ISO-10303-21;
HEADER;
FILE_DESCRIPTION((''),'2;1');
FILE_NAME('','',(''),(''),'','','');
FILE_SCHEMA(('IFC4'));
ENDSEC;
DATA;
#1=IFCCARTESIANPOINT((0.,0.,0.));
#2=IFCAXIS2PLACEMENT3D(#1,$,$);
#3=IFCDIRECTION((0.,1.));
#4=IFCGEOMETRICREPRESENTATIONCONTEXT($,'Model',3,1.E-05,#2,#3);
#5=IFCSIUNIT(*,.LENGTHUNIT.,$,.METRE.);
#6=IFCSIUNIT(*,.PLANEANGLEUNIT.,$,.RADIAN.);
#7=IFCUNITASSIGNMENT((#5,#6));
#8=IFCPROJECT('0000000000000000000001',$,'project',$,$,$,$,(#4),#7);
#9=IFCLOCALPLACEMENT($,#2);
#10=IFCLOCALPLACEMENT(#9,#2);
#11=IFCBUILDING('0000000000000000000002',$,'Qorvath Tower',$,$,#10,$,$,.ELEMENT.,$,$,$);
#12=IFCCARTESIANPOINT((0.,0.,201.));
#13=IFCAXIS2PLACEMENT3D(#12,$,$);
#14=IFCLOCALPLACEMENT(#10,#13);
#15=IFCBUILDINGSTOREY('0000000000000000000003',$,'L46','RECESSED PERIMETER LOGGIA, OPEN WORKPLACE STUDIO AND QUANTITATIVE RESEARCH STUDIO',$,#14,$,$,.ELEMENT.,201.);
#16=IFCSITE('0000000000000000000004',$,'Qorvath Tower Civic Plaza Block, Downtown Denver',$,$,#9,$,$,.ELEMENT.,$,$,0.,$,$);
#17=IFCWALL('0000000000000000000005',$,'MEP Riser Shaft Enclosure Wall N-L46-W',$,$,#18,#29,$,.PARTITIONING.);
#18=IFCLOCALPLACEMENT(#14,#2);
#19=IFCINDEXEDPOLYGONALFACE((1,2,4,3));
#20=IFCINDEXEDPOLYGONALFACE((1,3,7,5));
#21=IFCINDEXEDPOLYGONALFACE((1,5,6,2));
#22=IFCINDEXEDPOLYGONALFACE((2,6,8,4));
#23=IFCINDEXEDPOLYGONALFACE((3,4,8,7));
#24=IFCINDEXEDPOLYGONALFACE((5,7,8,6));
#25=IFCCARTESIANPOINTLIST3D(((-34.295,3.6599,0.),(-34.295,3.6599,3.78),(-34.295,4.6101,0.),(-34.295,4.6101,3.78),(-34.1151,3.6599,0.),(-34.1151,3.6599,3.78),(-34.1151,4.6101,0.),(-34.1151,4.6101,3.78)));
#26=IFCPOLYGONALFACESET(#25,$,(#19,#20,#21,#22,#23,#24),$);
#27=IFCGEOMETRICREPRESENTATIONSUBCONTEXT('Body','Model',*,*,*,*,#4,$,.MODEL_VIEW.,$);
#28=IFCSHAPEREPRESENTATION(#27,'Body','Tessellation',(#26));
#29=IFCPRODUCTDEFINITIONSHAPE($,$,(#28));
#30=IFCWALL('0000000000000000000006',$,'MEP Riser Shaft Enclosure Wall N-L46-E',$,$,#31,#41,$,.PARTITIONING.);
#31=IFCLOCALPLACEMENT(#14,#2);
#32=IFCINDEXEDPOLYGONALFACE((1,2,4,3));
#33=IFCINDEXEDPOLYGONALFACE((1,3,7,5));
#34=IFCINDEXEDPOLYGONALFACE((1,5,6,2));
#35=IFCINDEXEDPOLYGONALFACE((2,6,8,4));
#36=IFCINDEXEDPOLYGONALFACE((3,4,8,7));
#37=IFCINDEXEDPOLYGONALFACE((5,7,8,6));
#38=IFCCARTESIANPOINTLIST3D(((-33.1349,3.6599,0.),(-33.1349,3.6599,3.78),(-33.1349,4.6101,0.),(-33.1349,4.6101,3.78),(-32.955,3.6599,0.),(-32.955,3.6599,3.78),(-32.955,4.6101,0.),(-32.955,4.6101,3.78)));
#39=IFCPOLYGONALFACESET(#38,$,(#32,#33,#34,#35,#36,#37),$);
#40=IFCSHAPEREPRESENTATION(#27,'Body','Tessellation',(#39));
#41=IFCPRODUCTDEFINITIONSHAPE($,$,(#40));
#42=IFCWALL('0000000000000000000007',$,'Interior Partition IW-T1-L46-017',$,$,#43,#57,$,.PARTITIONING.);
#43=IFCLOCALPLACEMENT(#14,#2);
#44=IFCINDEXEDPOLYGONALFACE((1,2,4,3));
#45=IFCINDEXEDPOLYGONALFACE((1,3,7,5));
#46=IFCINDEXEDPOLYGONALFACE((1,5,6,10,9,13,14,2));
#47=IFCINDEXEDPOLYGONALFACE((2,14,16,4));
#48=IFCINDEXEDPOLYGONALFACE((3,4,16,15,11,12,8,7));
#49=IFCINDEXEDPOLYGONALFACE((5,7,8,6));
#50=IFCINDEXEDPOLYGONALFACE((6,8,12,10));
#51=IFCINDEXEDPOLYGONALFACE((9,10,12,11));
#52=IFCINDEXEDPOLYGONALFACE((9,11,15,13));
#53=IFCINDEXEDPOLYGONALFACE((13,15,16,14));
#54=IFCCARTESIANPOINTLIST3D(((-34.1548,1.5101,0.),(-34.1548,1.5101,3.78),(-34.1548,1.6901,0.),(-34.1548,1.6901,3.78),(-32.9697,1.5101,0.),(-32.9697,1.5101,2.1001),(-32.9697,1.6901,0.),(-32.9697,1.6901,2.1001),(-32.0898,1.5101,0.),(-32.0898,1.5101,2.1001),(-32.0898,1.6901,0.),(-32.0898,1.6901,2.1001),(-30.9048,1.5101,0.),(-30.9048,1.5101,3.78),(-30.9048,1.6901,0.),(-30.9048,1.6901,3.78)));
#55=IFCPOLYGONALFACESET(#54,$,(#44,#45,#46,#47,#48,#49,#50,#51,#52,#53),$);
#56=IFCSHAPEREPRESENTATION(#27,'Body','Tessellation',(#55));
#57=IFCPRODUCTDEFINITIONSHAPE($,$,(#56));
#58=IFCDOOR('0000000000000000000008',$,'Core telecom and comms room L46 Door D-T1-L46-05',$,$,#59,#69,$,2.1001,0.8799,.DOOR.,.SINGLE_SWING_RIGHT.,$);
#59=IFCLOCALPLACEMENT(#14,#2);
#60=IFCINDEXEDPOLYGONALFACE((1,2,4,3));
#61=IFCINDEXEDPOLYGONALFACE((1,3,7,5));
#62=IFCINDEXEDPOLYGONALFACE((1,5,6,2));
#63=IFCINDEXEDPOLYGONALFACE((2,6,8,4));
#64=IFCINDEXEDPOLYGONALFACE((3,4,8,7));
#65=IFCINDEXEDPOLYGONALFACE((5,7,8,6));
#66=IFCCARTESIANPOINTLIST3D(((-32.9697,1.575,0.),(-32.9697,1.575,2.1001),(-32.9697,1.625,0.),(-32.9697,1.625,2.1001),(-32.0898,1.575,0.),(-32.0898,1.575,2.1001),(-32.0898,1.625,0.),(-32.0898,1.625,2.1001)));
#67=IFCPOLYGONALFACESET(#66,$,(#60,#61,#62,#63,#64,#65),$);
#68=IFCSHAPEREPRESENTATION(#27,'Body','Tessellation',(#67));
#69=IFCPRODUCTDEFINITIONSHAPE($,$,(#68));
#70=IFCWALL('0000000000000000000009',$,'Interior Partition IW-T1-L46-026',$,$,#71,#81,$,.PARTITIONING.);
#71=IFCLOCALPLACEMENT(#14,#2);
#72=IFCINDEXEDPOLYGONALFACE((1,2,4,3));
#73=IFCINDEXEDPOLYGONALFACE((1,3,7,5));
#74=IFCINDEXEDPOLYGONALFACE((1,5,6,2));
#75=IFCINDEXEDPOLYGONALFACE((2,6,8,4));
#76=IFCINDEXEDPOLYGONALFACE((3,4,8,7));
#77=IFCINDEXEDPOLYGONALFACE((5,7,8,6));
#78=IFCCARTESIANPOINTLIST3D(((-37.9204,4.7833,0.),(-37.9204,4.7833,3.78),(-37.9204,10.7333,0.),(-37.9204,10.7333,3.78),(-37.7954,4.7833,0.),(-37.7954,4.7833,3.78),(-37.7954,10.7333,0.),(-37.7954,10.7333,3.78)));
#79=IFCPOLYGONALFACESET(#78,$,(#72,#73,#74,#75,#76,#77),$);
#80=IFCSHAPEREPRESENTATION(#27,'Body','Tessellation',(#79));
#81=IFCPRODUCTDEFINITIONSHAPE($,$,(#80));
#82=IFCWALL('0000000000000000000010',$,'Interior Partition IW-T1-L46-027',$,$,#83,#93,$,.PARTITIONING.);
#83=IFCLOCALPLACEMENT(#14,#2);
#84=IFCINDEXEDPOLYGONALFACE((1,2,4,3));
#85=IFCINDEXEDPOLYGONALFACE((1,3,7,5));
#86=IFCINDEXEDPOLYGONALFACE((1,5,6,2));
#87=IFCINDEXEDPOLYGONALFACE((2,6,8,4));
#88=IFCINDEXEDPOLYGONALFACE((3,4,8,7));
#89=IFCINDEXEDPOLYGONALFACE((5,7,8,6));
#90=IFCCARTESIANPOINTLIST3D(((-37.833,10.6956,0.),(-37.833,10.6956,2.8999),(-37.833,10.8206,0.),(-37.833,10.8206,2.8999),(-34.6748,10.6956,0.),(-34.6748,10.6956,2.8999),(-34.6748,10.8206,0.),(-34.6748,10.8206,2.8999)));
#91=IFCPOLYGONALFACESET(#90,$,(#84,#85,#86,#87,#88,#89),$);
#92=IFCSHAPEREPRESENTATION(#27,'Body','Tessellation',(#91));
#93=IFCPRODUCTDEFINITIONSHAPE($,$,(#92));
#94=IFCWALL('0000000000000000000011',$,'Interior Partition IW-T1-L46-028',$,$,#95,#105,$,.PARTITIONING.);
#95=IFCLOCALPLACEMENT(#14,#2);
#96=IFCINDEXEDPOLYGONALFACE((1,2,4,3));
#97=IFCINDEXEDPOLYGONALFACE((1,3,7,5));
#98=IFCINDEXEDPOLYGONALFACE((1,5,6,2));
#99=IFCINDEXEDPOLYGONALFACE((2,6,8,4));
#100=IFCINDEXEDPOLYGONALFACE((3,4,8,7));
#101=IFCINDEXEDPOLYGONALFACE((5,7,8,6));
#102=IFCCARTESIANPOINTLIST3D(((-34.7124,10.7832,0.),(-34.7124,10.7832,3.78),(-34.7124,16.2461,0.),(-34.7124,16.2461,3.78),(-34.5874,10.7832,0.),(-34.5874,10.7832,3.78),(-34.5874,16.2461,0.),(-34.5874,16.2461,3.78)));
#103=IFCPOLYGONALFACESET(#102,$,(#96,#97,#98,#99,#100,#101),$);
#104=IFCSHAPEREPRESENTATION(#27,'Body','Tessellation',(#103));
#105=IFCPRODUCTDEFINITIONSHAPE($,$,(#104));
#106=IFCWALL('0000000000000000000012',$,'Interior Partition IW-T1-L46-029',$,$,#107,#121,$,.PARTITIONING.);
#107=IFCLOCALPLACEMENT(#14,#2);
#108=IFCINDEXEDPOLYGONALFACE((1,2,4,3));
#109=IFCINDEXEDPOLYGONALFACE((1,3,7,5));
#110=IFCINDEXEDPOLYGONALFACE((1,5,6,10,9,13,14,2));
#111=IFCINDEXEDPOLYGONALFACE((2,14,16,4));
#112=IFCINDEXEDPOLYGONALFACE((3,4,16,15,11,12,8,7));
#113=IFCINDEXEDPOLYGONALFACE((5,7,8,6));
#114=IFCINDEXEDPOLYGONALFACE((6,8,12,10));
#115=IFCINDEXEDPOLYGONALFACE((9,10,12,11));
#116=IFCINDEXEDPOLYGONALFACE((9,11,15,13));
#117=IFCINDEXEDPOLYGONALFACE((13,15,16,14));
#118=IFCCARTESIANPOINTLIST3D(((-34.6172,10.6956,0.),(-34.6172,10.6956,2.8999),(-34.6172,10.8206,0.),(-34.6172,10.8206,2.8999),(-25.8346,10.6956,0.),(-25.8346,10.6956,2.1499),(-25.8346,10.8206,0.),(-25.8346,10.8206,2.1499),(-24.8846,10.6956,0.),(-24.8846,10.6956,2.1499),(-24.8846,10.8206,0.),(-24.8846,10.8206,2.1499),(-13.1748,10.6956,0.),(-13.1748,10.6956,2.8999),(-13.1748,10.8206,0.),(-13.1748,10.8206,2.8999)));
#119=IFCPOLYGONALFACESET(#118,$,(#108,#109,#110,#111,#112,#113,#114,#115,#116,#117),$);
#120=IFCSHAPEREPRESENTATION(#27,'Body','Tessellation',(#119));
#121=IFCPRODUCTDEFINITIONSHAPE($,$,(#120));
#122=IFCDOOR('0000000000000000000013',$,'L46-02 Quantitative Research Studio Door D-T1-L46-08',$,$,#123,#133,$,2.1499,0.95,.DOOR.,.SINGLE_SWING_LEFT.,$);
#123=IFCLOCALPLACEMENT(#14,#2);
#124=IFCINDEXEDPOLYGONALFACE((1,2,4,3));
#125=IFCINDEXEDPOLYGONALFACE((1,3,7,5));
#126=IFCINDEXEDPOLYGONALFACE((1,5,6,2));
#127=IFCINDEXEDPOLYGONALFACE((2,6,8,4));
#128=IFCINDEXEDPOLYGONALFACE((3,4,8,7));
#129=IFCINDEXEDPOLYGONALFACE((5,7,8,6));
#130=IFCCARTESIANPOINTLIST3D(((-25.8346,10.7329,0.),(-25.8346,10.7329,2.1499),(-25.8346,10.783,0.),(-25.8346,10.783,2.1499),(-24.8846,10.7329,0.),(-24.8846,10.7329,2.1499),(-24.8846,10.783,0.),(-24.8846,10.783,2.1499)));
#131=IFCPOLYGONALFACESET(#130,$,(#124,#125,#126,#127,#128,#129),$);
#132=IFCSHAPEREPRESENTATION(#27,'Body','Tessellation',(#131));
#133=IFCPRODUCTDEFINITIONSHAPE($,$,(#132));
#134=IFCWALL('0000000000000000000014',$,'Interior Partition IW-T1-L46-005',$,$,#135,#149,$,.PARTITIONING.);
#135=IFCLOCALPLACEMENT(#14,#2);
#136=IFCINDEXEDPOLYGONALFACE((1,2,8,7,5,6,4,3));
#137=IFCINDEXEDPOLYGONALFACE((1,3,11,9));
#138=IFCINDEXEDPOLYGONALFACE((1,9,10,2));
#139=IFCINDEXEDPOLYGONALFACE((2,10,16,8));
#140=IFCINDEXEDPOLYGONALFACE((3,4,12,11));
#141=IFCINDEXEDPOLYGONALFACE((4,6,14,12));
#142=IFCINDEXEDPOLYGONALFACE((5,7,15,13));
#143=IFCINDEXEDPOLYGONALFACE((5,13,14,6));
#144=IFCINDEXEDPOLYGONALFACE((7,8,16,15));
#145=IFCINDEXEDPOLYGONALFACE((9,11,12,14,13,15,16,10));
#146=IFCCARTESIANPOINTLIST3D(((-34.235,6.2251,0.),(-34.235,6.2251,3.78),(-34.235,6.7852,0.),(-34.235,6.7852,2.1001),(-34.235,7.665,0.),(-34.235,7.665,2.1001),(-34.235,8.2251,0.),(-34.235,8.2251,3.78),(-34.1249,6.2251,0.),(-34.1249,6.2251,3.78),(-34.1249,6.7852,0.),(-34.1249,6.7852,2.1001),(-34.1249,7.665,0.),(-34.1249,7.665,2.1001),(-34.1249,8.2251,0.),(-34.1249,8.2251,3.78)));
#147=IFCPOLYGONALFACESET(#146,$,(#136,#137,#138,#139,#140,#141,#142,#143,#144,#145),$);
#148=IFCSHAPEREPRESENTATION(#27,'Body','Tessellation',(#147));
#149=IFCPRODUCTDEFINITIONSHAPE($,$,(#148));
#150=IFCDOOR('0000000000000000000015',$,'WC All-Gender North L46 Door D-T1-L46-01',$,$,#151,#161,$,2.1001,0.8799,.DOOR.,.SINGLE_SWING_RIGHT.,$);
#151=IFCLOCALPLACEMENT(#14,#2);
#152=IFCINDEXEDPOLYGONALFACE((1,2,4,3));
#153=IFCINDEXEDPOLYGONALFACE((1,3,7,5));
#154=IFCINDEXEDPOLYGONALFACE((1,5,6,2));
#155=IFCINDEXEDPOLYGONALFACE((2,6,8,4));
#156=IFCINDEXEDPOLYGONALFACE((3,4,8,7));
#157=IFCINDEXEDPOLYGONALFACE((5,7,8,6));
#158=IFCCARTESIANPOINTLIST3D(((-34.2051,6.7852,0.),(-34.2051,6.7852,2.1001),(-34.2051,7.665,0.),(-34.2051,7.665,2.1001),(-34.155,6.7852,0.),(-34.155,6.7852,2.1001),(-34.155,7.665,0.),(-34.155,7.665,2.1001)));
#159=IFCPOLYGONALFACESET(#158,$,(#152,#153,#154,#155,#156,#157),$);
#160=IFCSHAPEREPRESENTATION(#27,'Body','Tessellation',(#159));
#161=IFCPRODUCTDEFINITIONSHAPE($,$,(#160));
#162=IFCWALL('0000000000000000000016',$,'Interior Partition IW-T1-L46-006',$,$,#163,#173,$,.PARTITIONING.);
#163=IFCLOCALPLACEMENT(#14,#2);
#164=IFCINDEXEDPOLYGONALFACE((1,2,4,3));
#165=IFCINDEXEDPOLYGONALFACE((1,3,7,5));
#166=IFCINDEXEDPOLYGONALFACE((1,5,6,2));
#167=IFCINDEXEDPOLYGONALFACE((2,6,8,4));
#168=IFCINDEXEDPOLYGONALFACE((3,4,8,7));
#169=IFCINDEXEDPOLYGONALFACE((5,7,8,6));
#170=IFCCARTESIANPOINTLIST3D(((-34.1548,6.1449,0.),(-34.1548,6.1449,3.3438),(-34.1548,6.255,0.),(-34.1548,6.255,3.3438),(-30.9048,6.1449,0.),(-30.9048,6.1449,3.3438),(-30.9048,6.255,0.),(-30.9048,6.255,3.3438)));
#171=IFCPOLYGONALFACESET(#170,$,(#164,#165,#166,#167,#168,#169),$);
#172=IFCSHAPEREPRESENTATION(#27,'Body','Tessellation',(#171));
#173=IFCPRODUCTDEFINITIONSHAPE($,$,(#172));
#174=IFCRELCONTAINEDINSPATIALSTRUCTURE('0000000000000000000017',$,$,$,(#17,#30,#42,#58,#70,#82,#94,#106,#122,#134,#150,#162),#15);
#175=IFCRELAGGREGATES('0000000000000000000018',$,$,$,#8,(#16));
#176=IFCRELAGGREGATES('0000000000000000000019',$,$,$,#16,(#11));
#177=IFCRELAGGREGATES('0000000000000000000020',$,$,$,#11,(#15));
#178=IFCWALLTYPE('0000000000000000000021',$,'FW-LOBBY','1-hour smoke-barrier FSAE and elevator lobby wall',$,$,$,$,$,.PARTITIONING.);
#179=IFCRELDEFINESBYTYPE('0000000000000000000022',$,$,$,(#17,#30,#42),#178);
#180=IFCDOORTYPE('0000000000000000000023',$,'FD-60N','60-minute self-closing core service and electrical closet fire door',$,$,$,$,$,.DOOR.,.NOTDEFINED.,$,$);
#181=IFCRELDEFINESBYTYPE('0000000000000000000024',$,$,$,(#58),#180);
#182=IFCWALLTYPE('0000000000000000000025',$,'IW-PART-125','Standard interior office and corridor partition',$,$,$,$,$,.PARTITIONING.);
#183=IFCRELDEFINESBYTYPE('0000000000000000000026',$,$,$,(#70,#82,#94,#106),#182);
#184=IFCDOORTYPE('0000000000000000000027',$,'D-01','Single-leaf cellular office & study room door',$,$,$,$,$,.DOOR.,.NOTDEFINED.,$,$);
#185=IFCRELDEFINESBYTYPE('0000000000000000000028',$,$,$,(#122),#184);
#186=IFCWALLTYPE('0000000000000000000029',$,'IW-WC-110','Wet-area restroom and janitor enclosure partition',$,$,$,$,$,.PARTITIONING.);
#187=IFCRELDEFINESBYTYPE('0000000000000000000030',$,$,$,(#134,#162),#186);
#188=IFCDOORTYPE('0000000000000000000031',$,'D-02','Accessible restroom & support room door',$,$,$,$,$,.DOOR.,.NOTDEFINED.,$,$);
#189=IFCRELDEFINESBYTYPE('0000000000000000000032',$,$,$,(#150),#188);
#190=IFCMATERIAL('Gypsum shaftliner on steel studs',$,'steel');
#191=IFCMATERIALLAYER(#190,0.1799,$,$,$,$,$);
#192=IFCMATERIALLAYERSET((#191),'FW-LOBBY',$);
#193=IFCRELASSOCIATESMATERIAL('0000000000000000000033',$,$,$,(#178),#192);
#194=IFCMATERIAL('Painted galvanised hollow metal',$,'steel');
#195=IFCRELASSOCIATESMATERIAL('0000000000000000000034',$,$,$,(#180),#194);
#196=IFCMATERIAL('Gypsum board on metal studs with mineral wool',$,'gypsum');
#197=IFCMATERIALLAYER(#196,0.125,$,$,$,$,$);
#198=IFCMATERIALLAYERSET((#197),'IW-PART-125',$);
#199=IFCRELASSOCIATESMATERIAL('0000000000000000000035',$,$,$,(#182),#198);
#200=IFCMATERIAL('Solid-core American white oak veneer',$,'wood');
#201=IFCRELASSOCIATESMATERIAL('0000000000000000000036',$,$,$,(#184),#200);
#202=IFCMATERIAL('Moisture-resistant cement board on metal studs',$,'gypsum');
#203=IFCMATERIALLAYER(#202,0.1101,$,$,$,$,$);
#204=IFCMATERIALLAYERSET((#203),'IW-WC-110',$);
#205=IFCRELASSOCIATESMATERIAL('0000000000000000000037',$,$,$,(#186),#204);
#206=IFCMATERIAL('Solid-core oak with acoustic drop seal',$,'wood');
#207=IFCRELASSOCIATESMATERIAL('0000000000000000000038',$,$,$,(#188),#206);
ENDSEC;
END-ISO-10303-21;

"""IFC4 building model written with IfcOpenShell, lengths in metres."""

from ifc_helpers import new_model, si_unit, direction, frame, frame_2d, origin, place, context, subcontext, project, spatial, rectangle, extrude, material, layer, layer_set, type_object, element, fill, save


model = new_model("IFC4")

# Units and contexts
model_context = context("Model", 3, precision=1e-05, world=origin(), true_north=direction((0.0, 1.0)))
body_context = subcontext(model_context, "Body", "Model", "MODEL_VIEW")
ifc_project = project(units=[si_unit("LENGTHUNIT", "METRE"), si_unit("PLANEANGLEUNIT", "RADIAN")], contexts=[model_context])

# Site, building, storey
site_placement = place(None, origin())
site = spatial("IfcSite", under=ifc_project, at=site_placement, Name="Qorvath Tower Civic Plaza Block, Downtown Denver", CompositionType="ELEMENT", RefElevation=0.0)
building_placement = place(site_placement, origin())
building = spatial("IfcBuilding", under=site, at=building_placement, Name="Qorvath Tower", CompositionType="ELEMENT")
storey_placement = place(building_placement, frame((0.0, 0.0, 201.0)))
storey = spatial("IfcBuildingStorey", under=building, at=storey_placement, Name="L46", Description="RECESSED PERIMETER LOGGIA, OPEN WORKPLACE STUDIO AND QUANTITATIVE RESEARCH STUDIO", CompositionType="ELEMENT", Elevation=201.0)

# Walls
ifc_material_1 = material(Name="Gypsum shaftliner on steel studs", Category="steel")
ifc_layer_1 = layer(ifc_material_1, 0.1799)
ifc_layer_set_1 = layer_set([ifc_layer_1], Name="FW-LOBBY")
wall_type_1 = type_object("IfcWallType", Name="FW-LOBBY", Description="1-hour smoke-barrier FSAE and elevator lobby wall", PredefinedType="PARTITIONING", material=ifc_layer_set_1)
for number, where, z_axis, x_axis, name in (
    (1, (-34.2051, 3.6599, 0.0), (0.0, 0.0, 1.0), (0.0, 1.0, 0.0), "MEP Riser Shaft Enclosure Wall N-L46-W"),
    (2, (-33.0449, 4.6101, 0.0), (0.0, 0.0, 1.0), (0.0, -1.0, 0.0), "MEP Riser Shaft Enclosure Wall N-L46-E"),
):
    element("IfcWall", number, at=place(storey_placement, frame(where, z_axis=z_axis, x_axis=x_axis)), inside=storey, type_object=wall_type_1, Name=name, PredefinedType="PARTITIONING", context=body_context, shape_type="SweptSolid", body=[
        extrude(rectangle(XDim=0.9502, YDim=0.1799, at=frame_2d((0.4751, 0.0))), origin(), (0.0, 0.0, 1.0), 3.78),
    ])

# Wall, opening, door
wall_1_placement = place(storey_placement, frame((-34.1548, 1.6001, 0.0), z_axis=(0.0, 0.0, 1.0), x_axis=(1.0, 0.0, 0.0)))
wall_1 = element("IfcWall", 3, at=wall_1_placement, inside=storey, type_object=wall_type_1, Name="Interior Partition IW-T1-L46-017", PredefinedType="PARTITIONING", context=body_context, shape_type="SweptSolid", body=[
    extrude(rectangle(XDim=3.25, YDim=0.1799, at=frame_2d((1.625, 0.0))), origin(), (0.0, 0.0, 1.0), 3.78),
])
opening_1_placement = place(wall_1_placement, frame((1.1851, 0.0, 0.0)))
opening_1 = element("IfcOpeningElement", 4, at=opening_1_placement, cuts=wall_1, PredefinedType="OPENING", context=body_context, shape_type="SweptSolid", body=[
    extrude(rectangle(XDim=0.8799, YDim=2.1001, at=frame_2d((0.4399, 1.05))), frame((0.0, 0.1001, 0.0), z_axis=(0.0, -1.0, 0.0), x_axis=(1.0, 0.0, 0.0)), (0.0, 0.0, 1.0), 0.2),
])
ifc_material_2 = material(Name="Painted galvanised hollow metal", Category="steel")
door_type_1 = type_object("IfcDoorType", Name="FD-60N", Description="60-minute self-closing core service and electrical closet fire door", OperationType="NOTDEFINED", PredefinedType="DOOR", material=ifc_material_2)
door_1_placement = place(opening_1_placement, origin())
door_1 = element("IfcDoor", 5, at=door_1_placement, inside=storey, type_object=door_type_1, Name="Core telecom and comms room L46 Door D-T1-L46-05", OperationType="SINGLE_SWING_RIGHT", OverallHeight=2.1001, OverallWidth=0.8799, PredefinedType="DOOR", context=body_context, shape_type="SweptSolid", body=[
    extrude(rectangle(XDim=0.8799, YDim=2.1001, at=frame_2d((0.4399, 1.05))), frame((0.0, 0.0249, 0.0), z_axis=(0.0, -1.0, 0.0), x_axis=(1.0, 0.0, 0.0)), (0.0, 0.0, 1.0), 0.05),
])
fill(opening_1, door_1)

# Walls
ifc_material_3 = material(Name="Gypsum board on metal studs with mineral wool", Category="gypsum")
ifc_layer_2 = layer(ifc_material_3, 0.125)
ifc_layer_set_2 = layer_set([ifc_layer_2], Name="IW-PART-125")
wall_type_2 = type_object("IfcWallType", Name="IW-PART-125", Description="Standard interior office and corridor partition", PredefinedType="PARTITIONING", material=ifc_layer_set_2)
wall_2_placement = place(storey_placement, frame((-37.8579, 4.7832, 0.0), z_axis=(0.0, 0.0, 1.0), x_axis=(0.0, 1.0, 0.0)))
element("IfcWall", 6, at=wall_2_placement, inside=storey, type_object=wall_type_2, Name="Interior Partition IW-T1-L46-026", PredefinedType="PARTITIONING", context=body_context, shape_type="SweptSolid", body=[
    extrude(rectangle(XDim=5.95, YDim=0.125, at=frame_2d((2.9751, 0.0))), origin(), (0.0, 0.0, 1.0), 3.78),
])
wall_3_placement = place(storey_placement, frame((-34.6748, 10.7581, 0.0), z_axis=(0.0, 0.0, 1.0), x_axis=(-1.0, 0.0, 0.0)))
element("IfcWall", 7, at=wall_3_placement, inside=storey, type_object=wall_type_2, Name="Interior Partition IW-T1-L46-027", PredefinedType="PARTITIONING", context=body_context, shape_type="SweptSolid", body=[
    extrude(rectangle(XDim=3.1582, YDim=0.125, at=frame_2d((1.5791, 0.0))), origin(), (0.0, 0.0, 1.0), 2.8999),
])
wall_4_placement = place(storey_placement, frame((-34.6499, 10.7832, 0.0), z_axis=(0.0, 0.0, 1.0), x_axis=(0.0, 1.0, 0.0)))
element("IfcWall", 8, at=wall_4_placement, inside=storey, type_object=wall_type_2, Name="Interior Partition IW-T1-L46-028", PredefinedType="PARTITIONING", context=body_context, shape_type="SweptSolid", body=[
    extrude(rectangle(XDim=5.4629, YDim=0.125, at=frame_2d((2.7314, 0.0))), origin(), (0.0, 0.0, 1.0), 3.78),
])

# Walls, openings, doors
wall_5_placement = place(storey_placement, frame((-34.6172, 10.7581, 0.0), z_axis=(0.0, 0.0, 1.0), x_axis=(1.0, 0.0, 0.0)))
wall_5 = element("IfcWall", 9, at=wall_5_placement, inside=storey, type_object=wall_type_2, Name="Interior Partition IW-T1-L46-029", PredefinedType="PARTITIONING", context=body_context, shape_type="SweptSolid", body=[
    extrude(rectangle(XDim=21.4424, YDim=0.125, at=frame_2d((10.7212, 0.0))), origin(), (0.0, 0.0, 1.0), 2.8999),
])
opening_2_placement = place(wall_5_placement, frame((8.7825, 0.0, 0.0)))
opening_2 = element("IfcOpeningElement", 10, at=opening_2_placement, cuts=wall_5, PredefinedType="OPENING", context=body_context, shape_type="SweptSolid", body=[
    extrude(rectangle(XDim=0.95, YDim=2.1499, at=frame_2d((0.4751, 1.075))), frame((0.0, 0.0725, 0.0), z_axis=(0.0, -1.0, 0.0), x_axis=(1.0, 0.0, 0.0)), (0.0, 0.0, 1.0), 0.145),
])
ifc_material_4 = material(Name="Solid-core American white oak veneer", Category="wood")
door_type_2 = type_object("IfcDoorType", Name="D-01", Description="Single-leaf cellular office & study room door", OperationType="NOTDEFINED", PredefinedType="DOOR", material=ifc_material_4)
door_2_placement = place(opening_2_placement, origin())
door_2 = element("IfcDoor", 11, at=door_2_placement, inside=storey, type_object=door_type_2, Name="L46-02 Quantitative Research Studio Door D-T1-L46-08", OperationType="SINGLE_SWING_LEFT", OverallHeight=2.1499, OverallWidth=0.95, PredefinedType="DOOR", context=body_context, shape_type="SweptSolid", body=[
    extrude(rectangle(XDim=0.95, YDim=2.1499, at=frame_2d((0.4751, 1.075))), frame((0.0, 0.0249, 0.0), z_axis=(0.0, -1.0, 0.0), x_axis=(1.0, 0.0, 0.0)), (0.0, 0.0, 1.0), 0.05),
])
fill(opening_2, door_2)
ifc_material_5 = material(Name="Moisture-resistant cement board on metal studs", Category="gypsum")
ifc_layer_3 = layer(ifc_material_5, 0.1101)
ifc_layer_set_3 = layer_set([ifc_layer_3], Name="IW-WC-110")
wall_type_3 = type_object("IfcWallType", Name="IW-WC-110", Description="Wet-area restroom and janitor enclosure partition", PredefinedType="PARTITIONING", material=ifc_layer_set_3)
wall_6_placement = place(storey_placement, frame((-34.1799, 8.2251, 0.0), z_axis=(0.0, 0.0, 1.0), x_axis=(0.0, -1.0, 0.0)))
wall_6 = element("IfcWall", 12, at=wall_6_placement, inside=storey, type_object=wall_type_3, Name="Interior Partition IW-T1-L46-005", PredefinedType="PARTITIONING", context=body_context, shape_type="SweptSolid", body=[
    extrude(rectangle(XDim=2.0, YDim=0.1101, at=frame_2d((1.0, 0.0))), origin(), (0.0, 0.0, 1.0), 3.78),
])
opening_3_placement = place(wall_6_placement, frame((0.5601, 0.0, 0.0)))
opening_3 = element("IfcOpeningElement", 13, at=opening_3_placement, cuts=wall_6, PredefinedType="OPENING", context=body_context, shape_type="SweptSolid", body=[
    extrude(rectangle(XDim=0.8799, YDim=2.1001, at=frame_2d((0.4399, 1.05))), frame((0.0, 0.0649, 0.0), z_axis=(0.0, -1.0, 0.0), x_axis=(1.0, 0.0, 0.0)), (0.0, 0.0, 1.0), 0.1301),
])
ifc_material_6 = material(Name="Solid-core oak with acoustic drop seal", Category="wood")
door_type_3 = type_object("IfcDoorType", Name="D-02", Description="Accessible restroom & support room door", OperationType="NOTDEFINED", PredefinedType="DOOR", material=ifc_material_6)
door_3_placement = place(opening_3_placement, origin())
door_3 = element("IfcDoor", 14, at=door_3_placement, inside=storey, type_object=door_type_3, Name="WC All-Gender North L46 Door D-T1-L46-01", OperationType="SINGLE_SWING_RIGHT", OverallHeight=2.1001, OverallWidth=0.8799, PredefinedType="DOOR", context=body_context, shape_type="SweptSolid", body=[
    extrude(rectangle(XDim=0.8799, YDim=2.1001, at=frame_2d((0.4399, 1.05))), frame((0.0, 0.0249, 0.0), z_axis=(0.0, -1.0, 0.0), x_axis=(1.0, 0.0, 0.0)), (0.0, 0.0, 1.0), 0.05),
])
fill(opening_3, door_3)

# Wall
wall_7_placement = place(storey_placement, frame((-34.1548, 6.2, 0.0), z_axis=(0.0, 0.0, 1.0), x_axis=(1.0, 0.0, 0.0)))
element("IfcWall", 15, at=wall_7_placement, inside=storey, type_object=wall_type_3, Name="Interior Partition IW-T1-L46-006", PredefinedType="PARTITIONING", context=body_context, shape_type="SweptSolid", body=[
    extrude(rectangle(XDim=3.25, YDim=0.1101, at=frame_2d((1.625, 0.0))), origin(), (0.0, 0.0, 1.0), 3.3438),
])

save(model, "model.ifc")
